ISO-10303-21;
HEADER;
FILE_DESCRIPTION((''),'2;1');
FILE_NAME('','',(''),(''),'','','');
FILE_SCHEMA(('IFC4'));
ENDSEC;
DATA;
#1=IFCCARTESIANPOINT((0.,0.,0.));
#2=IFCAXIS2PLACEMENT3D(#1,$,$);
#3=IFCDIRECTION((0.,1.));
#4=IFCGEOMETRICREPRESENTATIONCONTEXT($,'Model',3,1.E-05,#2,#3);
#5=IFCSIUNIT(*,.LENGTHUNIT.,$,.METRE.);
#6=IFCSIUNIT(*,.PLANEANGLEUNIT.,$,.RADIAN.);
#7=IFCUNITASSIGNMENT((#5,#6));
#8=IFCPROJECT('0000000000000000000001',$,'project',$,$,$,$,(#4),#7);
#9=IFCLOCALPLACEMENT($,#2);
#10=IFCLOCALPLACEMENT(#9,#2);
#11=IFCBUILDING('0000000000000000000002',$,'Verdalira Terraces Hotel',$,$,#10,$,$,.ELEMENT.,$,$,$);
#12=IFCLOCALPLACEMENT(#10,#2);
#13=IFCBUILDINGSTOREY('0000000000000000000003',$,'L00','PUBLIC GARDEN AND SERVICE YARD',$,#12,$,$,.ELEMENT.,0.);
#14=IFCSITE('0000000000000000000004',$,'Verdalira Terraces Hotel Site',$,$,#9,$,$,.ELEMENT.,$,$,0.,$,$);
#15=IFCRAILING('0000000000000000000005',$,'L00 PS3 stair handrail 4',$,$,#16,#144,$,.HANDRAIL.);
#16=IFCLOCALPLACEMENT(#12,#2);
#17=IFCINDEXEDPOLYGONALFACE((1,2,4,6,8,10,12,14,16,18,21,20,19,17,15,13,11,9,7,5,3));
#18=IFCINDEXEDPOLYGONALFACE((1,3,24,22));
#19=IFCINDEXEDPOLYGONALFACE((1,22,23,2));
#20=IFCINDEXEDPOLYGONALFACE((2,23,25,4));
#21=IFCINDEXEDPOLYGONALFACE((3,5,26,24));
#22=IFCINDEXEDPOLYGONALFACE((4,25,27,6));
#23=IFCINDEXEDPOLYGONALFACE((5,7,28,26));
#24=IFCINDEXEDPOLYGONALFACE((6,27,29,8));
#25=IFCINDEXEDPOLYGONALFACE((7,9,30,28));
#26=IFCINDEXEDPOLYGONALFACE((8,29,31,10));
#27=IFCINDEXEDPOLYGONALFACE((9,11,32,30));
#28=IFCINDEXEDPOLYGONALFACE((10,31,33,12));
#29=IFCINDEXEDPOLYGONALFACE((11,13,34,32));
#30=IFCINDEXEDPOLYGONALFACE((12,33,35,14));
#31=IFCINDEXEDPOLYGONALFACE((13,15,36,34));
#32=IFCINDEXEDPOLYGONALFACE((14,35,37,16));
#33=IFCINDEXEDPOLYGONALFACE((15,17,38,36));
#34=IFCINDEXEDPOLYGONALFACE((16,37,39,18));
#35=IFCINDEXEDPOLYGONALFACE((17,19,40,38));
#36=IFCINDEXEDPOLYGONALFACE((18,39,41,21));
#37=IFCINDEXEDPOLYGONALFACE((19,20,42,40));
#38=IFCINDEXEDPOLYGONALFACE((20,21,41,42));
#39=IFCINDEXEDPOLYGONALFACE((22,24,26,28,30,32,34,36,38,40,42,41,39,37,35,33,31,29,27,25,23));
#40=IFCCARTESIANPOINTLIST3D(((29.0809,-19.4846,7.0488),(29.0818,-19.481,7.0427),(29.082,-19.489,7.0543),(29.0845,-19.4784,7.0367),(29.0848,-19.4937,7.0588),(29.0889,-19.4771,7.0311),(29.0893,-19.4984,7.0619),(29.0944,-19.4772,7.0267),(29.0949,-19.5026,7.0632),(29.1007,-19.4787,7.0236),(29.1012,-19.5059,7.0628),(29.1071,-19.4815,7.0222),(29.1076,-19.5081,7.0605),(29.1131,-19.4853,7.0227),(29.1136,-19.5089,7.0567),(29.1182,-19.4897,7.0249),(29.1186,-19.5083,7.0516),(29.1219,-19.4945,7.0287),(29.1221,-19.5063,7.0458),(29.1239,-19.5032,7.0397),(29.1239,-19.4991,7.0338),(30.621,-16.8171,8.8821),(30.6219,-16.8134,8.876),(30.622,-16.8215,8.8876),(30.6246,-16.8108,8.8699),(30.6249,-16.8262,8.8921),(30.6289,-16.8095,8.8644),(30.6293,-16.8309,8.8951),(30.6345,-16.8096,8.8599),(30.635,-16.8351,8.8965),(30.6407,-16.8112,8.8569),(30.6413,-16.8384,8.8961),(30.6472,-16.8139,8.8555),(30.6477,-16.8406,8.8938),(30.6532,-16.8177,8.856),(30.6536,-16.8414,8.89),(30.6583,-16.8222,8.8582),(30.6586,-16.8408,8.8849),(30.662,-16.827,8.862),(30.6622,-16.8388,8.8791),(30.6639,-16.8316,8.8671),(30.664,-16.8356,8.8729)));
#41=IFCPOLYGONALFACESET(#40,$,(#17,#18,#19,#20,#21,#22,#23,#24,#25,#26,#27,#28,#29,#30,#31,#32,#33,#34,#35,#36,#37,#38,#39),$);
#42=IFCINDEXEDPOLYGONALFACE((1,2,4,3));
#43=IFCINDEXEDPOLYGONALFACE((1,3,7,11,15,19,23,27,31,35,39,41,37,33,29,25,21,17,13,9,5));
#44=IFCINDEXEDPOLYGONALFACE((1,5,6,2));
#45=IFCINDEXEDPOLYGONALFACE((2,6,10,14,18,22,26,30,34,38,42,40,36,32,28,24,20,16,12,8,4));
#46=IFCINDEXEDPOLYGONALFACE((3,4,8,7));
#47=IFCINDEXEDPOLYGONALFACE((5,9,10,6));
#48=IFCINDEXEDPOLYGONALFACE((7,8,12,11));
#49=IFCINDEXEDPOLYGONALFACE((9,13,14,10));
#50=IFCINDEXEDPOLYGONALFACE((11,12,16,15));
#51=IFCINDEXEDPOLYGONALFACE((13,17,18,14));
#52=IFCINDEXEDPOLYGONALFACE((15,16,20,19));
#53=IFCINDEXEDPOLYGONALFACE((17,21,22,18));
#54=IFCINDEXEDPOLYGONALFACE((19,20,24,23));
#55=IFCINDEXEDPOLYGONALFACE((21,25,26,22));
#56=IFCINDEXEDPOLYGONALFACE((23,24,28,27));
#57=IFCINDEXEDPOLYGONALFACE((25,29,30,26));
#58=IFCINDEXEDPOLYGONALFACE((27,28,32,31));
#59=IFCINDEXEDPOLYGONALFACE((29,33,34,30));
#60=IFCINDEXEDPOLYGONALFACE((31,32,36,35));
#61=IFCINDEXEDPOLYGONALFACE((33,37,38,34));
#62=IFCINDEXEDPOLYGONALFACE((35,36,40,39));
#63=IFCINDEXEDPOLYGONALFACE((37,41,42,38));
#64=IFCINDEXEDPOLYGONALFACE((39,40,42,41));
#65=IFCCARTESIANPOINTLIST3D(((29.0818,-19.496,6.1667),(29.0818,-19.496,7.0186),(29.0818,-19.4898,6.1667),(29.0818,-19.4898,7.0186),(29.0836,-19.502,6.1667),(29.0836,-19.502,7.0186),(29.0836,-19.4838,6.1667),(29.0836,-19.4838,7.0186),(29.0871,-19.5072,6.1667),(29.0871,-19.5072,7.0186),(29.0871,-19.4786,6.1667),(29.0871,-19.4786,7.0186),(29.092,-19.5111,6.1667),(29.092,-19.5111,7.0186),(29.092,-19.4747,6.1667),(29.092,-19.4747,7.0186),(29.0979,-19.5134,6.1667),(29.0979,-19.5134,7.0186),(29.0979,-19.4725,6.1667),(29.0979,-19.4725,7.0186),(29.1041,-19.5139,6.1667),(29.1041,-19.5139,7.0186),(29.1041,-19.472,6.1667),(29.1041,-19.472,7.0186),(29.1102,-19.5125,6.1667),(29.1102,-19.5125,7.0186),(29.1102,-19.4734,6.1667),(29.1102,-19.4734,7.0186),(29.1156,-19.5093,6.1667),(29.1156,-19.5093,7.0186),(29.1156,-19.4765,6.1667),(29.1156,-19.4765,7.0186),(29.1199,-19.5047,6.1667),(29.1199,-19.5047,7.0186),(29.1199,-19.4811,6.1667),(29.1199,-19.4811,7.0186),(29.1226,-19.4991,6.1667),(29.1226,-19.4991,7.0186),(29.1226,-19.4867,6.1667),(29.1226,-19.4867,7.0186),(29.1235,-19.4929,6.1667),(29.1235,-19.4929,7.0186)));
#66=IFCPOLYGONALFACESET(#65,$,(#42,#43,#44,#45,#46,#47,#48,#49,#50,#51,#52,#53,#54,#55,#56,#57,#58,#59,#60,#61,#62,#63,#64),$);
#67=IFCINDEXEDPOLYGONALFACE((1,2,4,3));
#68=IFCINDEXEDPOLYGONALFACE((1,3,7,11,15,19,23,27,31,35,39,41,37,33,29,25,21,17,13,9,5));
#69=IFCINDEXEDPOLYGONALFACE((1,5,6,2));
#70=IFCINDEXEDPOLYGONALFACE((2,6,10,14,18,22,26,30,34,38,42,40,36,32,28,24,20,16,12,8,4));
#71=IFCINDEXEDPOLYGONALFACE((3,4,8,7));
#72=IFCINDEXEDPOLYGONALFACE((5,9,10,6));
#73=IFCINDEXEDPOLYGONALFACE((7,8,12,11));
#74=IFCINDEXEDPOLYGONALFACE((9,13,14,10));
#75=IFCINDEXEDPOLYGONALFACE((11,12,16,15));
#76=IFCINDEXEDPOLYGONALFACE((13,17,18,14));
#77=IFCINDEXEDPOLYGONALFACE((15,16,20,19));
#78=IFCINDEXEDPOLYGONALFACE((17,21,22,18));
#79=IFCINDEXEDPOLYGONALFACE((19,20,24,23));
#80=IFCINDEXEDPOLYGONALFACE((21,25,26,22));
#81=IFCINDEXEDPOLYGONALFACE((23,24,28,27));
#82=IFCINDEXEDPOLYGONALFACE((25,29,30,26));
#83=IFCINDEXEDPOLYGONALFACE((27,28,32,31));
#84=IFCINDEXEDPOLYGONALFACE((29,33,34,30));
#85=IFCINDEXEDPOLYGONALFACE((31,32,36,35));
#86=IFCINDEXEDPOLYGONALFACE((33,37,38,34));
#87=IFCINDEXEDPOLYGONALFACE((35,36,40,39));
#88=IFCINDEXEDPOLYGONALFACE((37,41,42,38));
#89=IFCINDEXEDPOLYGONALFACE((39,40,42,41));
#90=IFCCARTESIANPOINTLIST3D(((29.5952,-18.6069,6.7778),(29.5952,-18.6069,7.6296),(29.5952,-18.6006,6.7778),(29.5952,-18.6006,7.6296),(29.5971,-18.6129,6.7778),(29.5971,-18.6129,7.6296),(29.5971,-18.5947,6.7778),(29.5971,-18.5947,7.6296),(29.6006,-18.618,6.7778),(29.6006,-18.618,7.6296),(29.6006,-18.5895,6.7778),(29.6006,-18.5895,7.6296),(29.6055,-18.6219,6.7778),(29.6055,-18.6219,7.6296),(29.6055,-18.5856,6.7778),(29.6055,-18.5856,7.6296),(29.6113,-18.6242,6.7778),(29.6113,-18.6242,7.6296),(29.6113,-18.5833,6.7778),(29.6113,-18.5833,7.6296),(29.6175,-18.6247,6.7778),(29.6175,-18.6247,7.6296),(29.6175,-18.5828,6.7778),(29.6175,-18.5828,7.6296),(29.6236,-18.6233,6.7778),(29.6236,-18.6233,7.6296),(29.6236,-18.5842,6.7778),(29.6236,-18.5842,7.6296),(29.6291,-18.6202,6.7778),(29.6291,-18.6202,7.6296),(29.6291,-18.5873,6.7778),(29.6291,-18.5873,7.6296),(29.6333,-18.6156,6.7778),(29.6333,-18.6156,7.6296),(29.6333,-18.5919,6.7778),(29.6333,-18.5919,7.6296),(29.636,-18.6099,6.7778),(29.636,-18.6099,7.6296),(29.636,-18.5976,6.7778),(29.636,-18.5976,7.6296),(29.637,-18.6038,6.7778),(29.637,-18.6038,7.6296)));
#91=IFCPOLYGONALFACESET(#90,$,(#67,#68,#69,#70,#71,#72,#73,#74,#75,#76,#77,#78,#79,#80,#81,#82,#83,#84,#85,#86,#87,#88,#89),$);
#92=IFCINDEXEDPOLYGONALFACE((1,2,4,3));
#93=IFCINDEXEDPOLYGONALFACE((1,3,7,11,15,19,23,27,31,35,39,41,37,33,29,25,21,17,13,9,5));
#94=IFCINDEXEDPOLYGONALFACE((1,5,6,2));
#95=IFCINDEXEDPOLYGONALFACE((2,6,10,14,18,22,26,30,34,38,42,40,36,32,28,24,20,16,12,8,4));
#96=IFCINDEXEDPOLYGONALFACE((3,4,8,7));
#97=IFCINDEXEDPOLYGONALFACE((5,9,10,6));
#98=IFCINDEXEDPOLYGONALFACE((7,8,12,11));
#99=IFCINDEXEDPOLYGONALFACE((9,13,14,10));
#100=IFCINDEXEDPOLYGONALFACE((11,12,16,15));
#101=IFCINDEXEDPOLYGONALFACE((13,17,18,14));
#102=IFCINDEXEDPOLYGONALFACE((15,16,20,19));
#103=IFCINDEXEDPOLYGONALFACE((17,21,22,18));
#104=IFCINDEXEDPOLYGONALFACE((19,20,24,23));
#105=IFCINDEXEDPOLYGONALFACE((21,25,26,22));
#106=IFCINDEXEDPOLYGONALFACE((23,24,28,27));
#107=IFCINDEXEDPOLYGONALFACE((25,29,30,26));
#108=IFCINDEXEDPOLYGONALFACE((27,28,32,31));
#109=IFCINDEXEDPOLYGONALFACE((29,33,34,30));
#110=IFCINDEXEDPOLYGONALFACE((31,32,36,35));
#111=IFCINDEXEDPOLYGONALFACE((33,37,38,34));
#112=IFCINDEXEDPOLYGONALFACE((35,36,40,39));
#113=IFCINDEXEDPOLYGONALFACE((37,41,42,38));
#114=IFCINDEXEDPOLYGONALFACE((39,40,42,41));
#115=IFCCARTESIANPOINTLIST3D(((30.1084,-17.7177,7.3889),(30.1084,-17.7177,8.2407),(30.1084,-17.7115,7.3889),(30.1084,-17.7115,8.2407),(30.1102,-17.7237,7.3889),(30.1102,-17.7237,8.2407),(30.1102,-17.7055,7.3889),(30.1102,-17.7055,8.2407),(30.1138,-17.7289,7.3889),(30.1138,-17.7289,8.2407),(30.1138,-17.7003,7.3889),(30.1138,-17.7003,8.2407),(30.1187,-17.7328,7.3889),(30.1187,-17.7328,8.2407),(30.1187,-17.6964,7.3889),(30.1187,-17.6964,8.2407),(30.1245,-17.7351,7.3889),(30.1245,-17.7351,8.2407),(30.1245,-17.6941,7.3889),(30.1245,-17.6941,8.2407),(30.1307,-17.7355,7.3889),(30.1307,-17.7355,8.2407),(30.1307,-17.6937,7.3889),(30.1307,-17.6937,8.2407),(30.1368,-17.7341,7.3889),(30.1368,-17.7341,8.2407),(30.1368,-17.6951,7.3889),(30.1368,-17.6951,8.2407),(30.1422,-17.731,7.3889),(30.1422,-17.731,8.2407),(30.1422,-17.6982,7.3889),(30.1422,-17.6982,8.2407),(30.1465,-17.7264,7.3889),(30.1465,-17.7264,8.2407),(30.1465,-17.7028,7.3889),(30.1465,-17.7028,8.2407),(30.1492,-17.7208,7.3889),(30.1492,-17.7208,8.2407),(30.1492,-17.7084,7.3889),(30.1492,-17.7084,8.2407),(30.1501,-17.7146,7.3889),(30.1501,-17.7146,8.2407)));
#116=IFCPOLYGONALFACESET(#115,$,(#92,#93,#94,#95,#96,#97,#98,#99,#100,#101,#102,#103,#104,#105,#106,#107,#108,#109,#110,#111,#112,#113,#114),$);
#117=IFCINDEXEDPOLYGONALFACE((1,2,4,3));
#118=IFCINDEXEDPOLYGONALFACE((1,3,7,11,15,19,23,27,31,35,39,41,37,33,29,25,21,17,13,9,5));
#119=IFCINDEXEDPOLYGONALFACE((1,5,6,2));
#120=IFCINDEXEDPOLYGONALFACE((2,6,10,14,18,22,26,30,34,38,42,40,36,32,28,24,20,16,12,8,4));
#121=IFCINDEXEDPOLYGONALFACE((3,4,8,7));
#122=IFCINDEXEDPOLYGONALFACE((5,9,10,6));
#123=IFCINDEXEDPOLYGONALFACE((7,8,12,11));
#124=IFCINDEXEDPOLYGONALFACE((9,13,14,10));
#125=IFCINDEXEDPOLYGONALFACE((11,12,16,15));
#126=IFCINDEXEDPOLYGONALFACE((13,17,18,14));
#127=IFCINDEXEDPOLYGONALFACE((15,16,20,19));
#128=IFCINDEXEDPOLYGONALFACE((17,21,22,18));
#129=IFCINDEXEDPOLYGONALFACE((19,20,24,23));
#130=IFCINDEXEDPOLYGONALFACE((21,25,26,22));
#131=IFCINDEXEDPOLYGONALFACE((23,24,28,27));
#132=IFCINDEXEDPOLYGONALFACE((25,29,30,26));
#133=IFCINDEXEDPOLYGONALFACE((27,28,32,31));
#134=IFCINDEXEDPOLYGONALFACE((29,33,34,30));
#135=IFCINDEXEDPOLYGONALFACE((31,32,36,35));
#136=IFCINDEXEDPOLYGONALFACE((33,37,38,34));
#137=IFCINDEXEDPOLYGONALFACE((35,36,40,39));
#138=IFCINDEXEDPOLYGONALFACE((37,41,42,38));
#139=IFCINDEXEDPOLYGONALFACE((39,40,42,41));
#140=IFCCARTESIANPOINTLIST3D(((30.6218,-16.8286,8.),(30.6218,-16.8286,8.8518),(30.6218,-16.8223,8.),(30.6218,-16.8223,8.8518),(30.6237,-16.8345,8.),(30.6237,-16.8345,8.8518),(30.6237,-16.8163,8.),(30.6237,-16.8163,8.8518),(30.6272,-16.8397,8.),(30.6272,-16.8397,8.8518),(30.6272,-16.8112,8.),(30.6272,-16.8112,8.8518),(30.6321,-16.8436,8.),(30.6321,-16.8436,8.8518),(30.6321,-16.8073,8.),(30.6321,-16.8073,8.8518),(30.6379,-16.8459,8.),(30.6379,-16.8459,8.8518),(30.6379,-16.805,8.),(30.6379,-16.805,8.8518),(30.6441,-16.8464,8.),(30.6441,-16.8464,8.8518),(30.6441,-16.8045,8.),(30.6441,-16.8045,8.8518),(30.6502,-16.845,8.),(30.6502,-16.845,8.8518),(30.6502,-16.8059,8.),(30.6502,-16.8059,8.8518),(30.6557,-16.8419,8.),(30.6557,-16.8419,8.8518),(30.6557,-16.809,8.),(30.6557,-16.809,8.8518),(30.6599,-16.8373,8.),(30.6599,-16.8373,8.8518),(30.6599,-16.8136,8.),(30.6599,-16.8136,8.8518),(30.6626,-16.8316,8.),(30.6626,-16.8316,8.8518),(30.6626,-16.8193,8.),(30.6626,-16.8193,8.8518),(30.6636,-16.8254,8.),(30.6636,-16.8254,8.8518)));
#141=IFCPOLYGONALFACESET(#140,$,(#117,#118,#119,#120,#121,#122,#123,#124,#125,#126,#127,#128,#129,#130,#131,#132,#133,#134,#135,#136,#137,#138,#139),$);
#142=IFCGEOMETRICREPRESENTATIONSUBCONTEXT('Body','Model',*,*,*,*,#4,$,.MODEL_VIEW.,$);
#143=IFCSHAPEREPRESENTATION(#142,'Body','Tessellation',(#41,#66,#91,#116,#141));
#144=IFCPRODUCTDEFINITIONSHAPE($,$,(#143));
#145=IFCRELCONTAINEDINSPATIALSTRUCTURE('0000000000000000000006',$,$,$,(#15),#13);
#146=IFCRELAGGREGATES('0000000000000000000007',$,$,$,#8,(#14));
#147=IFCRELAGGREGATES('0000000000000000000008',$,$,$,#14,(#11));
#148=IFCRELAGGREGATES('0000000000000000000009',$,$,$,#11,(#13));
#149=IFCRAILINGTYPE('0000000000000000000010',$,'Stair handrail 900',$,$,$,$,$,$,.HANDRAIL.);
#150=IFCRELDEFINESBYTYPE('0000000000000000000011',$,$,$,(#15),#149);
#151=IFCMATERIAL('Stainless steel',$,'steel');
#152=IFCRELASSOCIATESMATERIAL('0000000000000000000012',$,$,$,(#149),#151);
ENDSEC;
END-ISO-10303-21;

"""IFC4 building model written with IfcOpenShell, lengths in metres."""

from ifc_helpers import new_model, si_unit, direction, frame, origin, origin_2d, place, context, subcontext, project, spatial, circle, extrude, material, type_object, element, save


model = new_model("IFC4")

# Units and contexts
model_context = context("Model", 3, precision=1e-05, world=origin(), true_north=direction((0.0, 1.0)))
body_context = subcontext(model_context, "Body", "Model", "MODEL_VIEW")
ifc_project = project(units=[si_unit("LENGTHUNIT", "METRE"), si_unit("PLANEANGLEUNIT", "RADIAN")], contexts=[model_context])

# Site, building, storey
site_placement = place(None, origin())
site = spatial("IfcSite", under=ifc_project, at=site_placement, Name="Verdalira Terraces Hotel Site", CompositionType="ELEMENT", RefElevation=0.0)
building_placement = place(site_placement, origin())
building = spatial("IfcBuilding", under=site, at=building_placement, Name="Verdalira Terraces Hotel", CompositionType="ELEMENT")
storey_placement = place(building_placement, origin())
storey = spatial("IfcBuildingStorey", under=building, at=storey_placement, Name="L00", Description="PUBLIC GARDEN AND SERVICE YARD", CompositionType="ELEMENT", Elevation=0.0)

# Railing
ifc_material_1 = material(Name="Stainless steel", Category="steel")
railing_type_1 = type_object("IfcRailingType", Name="Stair handrail 900", PredefinedType="HANDRAIL", material=ifc_material_1)
for number, where, name in (
    (1, (29.1025, -19.4929, 6.1667), "L00 PS3 stair handrail 4"),
):
    element("IfcRailing", number, at=place(storey_placement, frame(where)), inside=storey, type_object=railing_type_1, Name=name, PredefinedType="HANDRAIL", context=body_context, shape_type="SweptSolid", body=[
        extrude(circle(Radius=0.0239, at=origin_2d()), frame((0.0, 0.0, 0.876), z_axis=(0.429649, 0.74419, 0.511452), x_axis=(-0.86603, 0.499992, 0.0)), (0.0, 0.0, 1.0), 3.5845),
        extrude(circle(Radius=0.021, at=origin_2d()), origin(), (0.0, 0.0, 1.0), 0.8518),
        extrude(circle(Radius=0.021, at=origin_2d()), frame((0.5134, 0.8892, 0.6111)), (0.0, 0.0, 1.0), 0.8518),
        extrude(circle(Radius=0.021, at=origin_2d()), frame((1.0266, 1.7783, 1.2222)), (0.0, 0.0, 1.0), 0.8518),
        extrude(circle(Radius=0.021, at=origin_2d()), frame((1.54, 2.6675, 1.8333)), (0.0, 0.0, 1.0), 0.8518),
    ])

save(model, "model.ifc")
